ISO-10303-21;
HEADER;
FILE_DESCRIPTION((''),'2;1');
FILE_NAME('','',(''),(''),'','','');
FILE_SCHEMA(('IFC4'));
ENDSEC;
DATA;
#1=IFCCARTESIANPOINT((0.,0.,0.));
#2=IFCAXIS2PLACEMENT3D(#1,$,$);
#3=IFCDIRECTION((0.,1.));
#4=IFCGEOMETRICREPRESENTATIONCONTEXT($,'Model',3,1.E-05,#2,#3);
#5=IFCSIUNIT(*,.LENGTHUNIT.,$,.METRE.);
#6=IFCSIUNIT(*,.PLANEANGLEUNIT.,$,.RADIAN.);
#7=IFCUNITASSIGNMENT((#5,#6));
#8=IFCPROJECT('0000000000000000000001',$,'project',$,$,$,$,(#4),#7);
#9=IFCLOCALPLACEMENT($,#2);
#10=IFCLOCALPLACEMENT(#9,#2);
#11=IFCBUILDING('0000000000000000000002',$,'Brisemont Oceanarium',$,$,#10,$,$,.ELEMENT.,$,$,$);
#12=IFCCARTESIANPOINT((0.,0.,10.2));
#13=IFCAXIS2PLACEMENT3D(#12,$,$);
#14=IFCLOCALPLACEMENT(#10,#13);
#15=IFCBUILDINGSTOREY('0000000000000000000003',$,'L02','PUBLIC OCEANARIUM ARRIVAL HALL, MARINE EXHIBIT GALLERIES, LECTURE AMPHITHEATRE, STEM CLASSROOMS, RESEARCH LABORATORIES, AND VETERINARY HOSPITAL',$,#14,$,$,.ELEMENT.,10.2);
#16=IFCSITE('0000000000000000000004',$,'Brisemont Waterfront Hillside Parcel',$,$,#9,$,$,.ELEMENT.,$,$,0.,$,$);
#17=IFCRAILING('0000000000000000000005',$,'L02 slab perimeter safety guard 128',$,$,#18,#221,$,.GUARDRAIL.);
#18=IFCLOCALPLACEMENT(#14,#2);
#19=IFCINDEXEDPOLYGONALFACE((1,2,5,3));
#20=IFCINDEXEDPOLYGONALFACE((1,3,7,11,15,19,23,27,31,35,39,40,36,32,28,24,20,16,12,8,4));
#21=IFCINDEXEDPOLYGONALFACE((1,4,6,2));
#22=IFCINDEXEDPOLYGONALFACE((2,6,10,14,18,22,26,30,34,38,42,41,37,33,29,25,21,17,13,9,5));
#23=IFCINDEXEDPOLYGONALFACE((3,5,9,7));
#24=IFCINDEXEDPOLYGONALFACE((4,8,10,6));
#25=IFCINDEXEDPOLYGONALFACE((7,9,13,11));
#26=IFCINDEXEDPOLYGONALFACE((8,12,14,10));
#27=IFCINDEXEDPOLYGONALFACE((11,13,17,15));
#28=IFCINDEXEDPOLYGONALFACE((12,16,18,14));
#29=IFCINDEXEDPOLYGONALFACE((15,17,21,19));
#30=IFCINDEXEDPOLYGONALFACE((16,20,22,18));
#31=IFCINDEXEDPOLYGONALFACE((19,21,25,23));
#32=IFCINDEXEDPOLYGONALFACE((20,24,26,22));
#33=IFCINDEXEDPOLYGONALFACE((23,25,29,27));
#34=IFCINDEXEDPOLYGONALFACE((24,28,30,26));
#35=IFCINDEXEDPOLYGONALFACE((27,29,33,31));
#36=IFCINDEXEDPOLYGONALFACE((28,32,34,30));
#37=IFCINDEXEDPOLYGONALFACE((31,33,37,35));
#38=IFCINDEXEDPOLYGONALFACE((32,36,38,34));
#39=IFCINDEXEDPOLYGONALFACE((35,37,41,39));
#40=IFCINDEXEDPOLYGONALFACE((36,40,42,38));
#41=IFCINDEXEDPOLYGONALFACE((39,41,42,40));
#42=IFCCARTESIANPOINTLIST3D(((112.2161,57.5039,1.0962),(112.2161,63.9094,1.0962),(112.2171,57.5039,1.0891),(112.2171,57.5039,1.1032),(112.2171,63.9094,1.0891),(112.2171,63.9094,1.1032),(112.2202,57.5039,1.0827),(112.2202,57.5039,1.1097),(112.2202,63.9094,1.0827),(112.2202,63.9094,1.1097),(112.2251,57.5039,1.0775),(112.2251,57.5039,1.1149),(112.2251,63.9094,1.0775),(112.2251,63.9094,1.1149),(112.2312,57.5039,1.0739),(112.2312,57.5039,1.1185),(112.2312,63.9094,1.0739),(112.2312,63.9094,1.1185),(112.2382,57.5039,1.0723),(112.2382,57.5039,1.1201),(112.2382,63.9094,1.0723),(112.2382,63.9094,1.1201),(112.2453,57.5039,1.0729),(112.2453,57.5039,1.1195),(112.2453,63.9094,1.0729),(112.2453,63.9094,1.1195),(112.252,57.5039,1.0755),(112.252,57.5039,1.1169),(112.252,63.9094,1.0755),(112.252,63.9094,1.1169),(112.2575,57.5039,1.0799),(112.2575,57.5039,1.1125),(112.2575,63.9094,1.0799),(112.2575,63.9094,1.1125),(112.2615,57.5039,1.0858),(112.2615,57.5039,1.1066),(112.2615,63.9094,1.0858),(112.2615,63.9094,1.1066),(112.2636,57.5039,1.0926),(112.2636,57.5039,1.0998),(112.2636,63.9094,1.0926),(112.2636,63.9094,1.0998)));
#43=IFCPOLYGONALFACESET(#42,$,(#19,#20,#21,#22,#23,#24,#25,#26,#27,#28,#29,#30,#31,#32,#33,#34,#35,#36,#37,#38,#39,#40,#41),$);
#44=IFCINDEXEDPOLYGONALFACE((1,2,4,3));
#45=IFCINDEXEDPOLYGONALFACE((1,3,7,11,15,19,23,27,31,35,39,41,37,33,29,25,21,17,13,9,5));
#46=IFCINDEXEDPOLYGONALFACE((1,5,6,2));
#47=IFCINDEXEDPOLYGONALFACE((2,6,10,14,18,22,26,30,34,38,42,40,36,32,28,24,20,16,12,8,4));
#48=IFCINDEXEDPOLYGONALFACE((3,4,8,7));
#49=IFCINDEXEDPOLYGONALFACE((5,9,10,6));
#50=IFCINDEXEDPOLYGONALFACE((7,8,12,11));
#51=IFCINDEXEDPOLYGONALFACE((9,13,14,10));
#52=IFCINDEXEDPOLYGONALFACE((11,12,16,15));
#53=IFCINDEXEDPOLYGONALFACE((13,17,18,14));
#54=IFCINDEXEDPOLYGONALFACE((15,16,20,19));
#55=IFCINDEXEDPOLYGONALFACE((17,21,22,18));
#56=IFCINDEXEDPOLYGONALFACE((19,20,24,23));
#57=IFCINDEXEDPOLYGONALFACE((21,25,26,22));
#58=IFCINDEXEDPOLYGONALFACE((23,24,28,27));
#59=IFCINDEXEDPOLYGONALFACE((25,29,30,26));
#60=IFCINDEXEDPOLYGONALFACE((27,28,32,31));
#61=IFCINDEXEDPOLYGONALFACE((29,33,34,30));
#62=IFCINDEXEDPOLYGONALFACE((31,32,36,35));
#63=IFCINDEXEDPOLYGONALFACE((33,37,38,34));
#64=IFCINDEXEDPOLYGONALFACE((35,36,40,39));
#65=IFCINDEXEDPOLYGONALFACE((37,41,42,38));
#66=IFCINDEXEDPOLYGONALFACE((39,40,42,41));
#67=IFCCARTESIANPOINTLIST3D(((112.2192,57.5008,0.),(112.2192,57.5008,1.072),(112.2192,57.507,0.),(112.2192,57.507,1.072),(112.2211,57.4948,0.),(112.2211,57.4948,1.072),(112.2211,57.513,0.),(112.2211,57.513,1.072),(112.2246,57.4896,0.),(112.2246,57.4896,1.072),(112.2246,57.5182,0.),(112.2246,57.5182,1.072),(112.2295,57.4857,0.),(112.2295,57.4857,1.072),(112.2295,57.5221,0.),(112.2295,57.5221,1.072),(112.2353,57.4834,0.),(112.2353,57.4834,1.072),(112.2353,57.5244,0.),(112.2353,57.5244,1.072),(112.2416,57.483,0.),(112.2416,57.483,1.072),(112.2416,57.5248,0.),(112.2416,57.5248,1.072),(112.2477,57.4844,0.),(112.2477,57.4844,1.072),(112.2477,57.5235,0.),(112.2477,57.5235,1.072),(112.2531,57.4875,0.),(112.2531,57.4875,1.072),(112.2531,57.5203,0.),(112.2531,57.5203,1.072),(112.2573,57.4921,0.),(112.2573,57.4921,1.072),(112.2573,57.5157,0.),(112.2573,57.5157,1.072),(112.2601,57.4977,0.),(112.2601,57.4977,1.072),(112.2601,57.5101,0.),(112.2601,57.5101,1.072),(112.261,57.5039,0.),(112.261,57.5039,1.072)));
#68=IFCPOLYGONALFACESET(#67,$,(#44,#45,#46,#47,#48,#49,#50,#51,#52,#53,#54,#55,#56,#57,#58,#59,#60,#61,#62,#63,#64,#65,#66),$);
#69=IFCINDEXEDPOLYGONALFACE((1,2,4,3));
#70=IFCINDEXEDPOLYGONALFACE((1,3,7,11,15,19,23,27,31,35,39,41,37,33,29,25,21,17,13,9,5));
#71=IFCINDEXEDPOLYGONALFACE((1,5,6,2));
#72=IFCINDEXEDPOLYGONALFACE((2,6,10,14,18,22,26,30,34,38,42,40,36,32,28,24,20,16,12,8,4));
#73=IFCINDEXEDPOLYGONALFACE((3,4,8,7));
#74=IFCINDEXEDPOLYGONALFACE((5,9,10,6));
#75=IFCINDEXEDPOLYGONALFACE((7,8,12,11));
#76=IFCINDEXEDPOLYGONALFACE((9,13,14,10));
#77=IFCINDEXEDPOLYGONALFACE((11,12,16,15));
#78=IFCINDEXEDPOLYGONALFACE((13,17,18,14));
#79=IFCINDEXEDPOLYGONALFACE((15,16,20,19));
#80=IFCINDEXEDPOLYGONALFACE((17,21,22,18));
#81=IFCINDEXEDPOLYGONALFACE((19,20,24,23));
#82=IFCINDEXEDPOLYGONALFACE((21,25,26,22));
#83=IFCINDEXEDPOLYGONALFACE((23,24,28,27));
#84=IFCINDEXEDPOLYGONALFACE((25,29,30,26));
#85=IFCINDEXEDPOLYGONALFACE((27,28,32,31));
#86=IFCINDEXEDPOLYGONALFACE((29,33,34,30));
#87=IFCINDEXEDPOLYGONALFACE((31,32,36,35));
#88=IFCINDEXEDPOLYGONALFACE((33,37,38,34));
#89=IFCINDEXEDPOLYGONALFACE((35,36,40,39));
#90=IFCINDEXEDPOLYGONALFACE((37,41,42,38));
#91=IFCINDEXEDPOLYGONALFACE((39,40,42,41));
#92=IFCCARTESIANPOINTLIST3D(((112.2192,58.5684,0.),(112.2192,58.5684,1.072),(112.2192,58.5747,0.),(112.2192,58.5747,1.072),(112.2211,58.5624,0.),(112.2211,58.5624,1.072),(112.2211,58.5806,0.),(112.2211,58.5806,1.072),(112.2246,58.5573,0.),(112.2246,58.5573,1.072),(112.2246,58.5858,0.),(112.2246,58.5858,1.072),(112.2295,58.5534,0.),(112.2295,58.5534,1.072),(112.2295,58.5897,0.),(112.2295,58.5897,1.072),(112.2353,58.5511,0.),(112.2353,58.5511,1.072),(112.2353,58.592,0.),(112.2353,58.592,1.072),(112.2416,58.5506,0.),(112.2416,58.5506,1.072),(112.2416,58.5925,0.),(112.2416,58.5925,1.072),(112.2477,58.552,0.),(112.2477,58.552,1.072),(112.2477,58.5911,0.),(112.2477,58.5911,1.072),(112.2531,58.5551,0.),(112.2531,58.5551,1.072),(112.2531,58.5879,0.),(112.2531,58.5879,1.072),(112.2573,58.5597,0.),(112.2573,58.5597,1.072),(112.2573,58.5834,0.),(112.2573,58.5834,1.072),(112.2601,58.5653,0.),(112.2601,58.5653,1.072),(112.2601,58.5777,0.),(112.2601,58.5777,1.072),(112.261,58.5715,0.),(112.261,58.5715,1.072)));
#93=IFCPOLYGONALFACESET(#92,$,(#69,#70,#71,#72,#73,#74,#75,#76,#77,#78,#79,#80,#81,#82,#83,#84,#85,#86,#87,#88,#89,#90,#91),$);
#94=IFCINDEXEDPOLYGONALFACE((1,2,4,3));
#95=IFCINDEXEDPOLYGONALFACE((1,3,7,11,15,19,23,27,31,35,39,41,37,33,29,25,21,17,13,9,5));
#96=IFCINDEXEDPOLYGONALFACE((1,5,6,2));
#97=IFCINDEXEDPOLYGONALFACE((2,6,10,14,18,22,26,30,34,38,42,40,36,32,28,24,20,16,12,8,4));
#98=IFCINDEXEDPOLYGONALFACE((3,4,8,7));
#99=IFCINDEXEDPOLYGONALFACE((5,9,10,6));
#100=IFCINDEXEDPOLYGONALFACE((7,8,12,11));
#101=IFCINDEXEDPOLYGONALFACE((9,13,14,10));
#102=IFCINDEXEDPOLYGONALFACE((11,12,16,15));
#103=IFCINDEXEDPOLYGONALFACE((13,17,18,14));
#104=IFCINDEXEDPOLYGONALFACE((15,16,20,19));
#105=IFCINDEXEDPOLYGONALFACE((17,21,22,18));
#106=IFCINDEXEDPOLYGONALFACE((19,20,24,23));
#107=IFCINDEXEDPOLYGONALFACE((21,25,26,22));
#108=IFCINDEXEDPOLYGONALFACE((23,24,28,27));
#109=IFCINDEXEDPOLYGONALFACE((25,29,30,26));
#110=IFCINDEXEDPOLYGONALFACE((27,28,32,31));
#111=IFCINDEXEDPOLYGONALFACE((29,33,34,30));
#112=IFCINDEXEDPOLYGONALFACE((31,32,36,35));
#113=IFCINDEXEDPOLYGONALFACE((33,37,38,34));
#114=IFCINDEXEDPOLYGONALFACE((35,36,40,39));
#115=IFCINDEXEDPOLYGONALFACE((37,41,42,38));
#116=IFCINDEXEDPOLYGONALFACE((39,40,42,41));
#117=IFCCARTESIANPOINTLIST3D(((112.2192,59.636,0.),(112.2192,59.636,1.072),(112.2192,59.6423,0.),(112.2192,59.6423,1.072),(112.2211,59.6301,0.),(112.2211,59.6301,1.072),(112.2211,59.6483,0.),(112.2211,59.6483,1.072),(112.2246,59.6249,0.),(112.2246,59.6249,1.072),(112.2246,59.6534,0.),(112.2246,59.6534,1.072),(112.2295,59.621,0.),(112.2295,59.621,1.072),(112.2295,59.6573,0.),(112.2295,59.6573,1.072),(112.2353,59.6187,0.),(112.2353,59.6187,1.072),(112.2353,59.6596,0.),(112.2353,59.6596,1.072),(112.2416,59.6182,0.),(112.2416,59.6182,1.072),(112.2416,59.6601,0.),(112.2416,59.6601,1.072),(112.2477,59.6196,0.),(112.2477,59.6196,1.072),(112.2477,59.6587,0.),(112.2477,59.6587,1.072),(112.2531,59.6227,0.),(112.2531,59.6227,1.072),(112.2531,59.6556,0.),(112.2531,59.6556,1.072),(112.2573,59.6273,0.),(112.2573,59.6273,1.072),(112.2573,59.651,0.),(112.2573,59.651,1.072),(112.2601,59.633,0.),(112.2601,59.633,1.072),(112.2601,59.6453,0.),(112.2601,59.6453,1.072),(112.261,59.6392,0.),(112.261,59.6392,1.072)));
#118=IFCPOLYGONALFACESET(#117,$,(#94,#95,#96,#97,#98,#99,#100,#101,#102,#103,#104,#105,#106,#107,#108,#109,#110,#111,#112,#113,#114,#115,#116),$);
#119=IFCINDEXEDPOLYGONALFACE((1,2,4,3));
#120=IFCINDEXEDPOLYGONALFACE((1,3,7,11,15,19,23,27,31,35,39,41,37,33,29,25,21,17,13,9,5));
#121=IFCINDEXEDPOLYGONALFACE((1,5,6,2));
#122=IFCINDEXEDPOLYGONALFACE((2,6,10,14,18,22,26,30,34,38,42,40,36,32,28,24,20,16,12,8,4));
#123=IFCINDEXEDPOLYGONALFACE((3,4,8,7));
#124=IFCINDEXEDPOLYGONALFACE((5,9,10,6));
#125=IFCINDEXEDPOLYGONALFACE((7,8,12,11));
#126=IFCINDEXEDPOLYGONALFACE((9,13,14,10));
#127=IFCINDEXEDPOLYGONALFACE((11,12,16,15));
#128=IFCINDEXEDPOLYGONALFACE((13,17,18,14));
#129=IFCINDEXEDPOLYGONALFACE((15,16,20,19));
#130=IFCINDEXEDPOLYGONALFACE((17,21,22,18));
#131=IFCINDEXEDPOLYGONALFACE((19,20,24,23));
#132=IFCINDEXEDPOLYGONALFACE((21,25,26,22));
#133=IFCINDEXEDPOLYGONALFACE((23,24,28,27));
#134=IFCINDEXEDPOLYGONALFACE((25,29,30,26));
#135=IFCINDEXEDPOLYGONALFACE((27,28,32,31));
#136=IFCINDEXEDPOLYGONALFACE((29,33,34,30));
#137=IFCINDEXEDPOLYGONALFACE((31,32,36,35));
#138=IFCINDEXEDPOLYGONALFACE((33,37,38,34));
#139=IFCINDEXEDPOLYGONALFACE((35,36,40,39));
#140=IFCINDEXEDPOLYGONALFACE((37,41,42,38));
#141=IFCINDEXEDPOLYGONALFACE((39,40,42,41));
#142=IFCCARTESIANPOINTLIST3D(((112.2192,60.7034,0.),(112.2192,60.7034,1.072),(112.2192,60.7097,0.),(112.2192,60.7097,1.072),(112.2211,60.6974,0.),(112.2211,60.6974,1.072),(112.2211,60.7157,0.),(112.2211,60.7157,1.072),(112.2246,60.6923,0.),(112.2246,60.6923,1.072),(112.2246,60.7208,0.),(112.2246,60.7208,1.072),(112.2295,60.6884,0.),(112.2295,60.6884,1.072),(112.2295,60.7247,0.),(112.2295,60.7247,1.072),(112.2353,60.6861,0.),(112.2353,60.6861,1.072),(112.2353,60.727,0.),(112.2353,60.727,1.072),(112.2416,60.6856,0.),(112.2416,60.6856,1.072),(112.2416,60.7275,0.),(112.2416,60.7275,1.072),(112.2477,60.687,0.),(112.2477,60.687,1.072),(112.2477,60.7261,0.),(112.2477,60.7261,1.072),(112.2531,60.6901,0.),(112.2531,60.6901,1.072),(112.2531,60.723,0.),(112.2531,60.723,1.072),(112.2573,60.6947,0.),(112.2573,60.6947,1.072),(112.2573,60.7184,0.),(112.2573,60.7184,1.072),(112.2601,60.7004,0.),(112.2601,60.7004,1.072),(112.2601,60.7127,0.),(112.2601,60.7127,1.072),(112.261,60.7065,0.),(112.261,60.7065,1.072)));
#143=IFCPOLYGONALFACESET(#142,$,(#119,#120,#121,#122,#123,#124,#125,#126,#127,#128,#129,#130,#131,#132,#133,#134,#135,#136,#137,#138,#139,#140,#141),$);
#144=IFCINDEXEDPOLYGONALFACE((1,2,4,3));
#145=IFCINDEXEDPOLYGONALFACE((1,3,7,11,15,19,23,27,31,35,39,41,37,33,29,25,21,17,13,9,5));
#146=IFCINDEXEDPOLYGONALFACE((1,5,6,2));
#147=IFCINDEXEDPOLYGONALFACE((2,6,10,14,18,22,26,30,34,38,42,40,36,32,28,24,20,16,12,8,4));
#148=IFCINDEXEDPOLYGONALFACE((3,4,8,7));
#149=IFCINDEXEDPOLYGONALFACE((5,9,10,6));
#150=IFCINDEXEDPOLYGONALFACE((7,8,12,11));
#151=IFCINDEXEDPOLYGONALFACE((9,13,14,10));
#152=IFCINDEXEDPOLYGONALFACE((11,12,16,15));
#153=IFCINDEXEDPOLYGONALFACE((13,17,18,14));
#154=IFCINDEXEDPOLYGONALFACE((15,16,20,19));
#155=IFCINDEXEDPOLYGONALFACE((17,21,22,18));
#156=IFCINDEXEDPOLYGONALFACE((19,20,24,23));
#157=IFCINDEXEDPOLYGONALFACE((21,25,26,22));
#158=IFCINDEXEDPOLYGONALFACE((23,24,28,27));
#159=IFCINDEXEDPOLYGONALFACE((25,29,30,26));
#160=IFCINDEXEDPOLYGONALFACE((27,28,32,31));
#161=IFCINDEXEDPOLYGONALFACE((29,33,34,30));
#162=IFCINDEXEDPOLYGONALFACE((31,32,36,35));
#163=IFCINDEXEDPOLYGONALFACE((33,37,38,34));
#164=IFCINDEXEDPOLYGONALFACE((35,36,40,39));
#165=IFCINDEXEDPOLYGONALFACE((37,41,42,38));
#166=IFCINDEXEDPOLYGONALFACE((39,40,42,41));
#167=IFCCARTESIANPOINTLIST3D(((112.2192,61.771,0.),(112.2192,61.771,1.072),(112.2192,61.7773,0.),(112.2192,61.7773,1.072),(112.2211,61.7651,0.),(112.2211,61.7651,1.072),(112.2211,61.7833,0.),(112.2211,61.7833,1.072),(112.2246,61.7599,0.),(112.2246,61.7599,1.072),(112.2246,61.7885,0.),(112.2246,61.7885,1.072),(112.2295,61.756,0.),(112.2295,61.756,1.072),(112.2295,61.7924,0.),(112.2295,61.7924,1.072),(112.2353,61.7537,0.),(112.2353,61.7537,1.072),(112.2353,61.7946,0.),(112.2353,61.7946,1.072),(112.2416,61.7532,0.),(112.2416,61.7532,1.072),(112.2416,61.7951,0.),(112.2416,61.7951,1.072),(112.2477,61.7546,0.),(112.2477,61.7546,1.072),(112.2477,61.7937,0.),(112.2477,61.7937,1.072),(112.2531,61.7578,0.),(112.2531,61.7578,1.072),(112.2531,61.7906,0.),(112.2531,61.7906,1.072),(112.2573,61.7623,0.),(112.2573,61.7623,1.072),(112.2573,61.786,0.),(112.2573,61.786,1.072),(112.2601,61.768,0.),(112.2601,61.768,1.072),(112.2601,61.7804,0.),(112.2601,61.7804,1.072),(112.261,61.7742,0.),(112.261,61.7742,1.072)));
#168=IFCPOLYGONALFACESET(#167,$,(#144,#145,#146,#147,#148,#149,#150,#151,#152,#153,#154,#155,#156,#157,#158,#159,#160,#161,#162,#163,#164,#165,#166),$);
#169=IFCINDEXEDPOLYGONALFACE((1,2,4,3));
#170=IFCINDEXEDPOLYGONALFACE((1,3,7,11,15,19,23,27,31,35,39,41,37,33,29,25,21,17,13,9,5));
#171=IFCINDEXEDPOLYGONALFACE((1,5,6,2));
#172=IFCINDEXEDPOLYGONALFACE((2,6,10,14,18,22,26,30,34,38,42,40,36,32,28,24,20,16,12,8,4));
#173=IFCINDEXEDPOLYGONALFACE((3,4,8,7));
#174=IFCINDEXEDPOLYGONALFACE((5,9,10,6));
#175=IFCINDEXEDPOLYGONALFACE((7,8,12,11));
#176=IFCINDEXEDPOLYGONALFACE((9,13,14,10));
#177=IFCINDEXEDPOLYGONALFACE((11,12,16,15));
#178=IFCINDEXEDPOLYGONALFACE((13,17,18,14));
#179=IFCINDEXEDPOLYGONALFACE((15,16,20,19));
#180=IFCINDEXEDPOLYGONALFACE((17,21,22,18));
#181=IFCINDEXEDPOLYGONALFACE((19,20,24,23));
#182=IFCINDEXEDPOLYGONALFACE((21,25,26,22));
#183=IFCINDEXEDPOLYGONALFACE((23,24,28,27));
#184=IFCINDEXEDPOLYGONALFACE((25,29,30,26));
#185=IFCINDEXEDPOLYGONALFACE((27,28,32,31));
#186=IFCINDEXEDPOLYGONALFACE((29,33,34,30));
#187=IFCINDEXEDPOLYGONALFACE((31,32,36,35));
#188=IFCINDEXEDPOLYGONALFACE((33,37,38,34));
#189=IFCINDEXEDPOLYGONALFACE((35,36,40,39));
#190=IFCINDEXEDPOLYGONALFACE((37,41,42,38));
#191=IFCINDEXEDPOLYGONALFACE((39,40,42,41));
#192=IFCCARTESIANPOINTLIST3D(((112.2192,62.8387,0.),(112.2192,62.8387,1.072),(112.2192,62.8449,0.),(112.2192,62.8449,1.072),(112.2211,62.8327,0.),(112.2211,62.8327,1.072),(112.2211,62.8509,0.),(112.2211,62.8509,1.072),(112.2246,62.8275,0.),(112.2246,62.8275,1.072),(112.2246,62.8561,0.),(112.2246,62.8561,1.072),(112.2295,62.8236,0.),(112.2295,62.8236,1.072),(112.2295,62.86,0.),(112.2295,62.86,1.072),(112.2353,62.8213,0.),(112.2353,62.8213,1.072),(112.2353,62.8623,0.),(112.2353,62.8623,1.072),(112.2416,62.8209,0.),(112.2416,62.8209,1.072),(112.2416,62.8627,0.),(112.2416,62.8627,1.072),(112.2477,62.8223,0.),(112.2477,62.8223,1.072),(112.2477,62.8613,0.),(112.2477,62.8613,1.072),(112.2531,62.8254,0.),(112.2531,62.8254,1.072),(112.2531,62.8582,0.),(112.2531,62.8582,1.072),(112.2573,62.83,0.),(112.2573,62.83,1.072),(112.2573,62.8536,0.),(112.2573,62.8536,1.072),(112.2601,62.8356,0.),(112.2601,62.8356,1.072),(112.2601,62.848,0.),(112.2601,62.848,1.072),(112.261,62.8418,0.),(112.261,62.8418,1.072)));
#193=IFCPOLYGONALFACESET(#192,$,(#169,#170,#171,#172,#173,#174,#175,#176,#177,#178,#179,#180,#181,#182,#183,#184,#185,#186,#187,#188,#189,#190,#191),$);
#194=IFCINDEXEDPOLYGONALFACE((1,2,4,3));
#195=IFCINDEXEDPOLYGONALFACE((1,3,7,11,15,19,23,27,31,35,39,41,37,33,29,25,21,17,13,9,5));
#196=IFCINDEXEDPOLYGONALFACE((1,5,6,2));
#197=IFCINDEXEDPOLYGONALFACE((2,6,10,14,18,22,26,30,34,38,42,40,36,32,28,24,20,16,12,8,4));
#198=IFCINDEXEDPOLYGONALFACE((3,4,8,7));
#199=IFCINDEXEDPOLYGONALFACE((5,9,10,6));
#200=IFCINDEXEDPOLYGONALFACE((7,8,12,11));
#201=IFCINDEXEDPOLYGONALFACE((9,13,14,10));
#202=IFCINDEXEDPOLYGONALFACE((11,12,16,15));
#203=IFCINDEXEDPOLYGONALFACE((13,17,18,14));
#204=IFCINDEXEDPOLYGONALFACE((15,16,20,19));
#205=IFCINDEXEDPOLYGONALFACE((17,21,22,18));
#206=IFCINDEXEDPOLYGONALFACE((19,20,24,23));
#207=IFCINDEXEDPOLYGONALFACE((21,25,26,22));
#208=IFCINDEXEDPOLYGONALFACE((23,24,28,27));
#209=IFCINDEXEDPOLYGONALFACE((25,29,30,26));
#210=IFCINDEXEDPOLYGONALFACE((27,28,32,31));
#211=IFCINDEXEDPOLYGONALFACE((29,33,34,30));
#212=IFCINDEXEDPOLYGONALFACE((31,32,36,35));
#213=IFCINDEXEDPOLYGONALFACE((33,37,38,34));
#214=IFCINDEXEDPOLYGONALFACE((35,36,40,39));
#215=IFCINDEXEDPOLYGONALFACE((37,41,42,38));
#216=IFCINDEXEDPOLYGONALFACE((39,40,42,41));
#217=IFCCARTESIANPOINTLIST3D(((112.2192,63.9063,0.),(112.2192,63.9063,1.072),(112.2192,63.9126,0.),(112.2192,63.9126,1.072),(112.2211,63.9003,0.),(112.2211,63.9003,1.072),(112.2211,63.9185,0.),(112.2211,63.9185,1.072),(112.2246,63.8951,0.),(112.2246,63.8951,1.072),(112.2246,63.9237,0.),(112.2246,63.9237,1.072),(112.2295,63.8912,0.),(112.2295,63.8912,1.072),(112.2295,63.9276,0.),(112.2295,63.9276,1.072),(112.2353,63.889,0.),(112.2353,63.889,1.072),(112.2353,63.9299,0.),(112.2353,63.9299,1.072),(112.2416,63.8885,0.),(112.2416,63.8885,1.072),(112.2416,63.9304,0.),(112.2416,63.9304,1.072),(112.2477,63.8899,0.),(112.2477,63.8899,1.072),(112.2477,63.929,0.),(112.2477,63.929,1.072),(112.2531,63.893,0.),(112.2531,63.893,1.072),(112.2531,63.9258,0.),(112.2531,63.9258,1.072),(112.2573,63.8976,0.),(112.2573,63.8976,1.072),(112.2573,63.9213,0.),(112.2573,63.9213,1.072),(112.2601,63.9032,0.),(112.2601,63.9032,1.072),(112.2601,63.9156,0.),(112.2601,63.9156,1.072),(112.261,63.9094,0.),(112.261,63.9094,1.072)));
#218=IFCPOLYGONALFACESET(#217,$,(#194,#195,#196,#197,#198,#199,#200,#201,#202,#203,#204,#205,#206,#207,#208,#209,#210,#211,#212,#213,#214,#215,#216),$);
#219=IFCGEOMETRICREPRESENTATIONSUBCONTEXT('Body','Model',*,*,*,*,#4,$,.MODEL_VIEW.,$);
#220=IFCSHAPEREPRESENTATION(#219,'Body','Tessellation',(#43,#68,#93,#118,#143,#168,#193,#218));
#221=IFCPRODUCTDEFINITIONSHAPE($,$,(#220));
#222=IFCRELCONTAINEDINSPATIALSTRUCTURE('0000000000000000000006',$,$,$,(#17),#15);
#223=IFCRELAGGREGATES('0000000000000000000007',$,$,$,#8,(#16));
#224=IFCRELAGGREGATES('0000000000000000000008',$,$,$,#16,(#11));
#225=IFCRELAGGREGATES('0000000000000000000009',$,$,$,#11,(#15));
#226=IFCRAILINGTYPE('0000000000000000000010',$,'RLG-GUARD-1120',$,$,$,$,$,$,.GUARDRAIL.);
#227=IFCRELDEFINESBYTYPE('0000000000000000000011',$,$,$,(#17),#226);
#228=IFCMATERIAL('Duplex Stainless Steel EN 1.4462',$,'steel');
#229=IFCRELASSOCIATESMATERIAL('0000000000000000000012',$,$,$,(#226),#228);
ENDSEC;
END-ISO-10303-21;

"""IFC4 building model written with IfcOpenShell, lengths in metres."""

from ifc_helpers import new_model, si_unit, direction, frame, origin, origin_2d, place, context, subcontext, project, spatial, circle, extrude, material, type_object, element, save


model = new_model("IFC4")

# Units and contexts
model_context = context("Model", 3, precision=1e-05, world=origin(), true_north=direction((0.0, 1.0)))
body_context = subcontext(model_context, "Body", "Model", "MODEL_VIEW")
ifc_project = project(units=[si_unit("LENGTHUNIT", "METRE"), si_unit("PLANEANGLEUNIT", "RADIAN")], contexts=[model_context])

# Site, building, storey
site_placement = place(None, origin())
site = spatial("IfcSite", under=ifc_project, at=site_placement, Name="Brisemont Waterfront Hillside Parcel", CompositionType="ELEMENT", RefElevation=0.0)
building_placement = place(site_placement, origin())
building = spatial("IfcBuilding", under=site, at=building_placement, Name="Brisemont Oceanarium", CompositionType="ELEMENT")
storey_placement = place(building_placement, frame((0.0, 0.0, 10.2)))
storey = spatial("IfcBuildingStorey", under=building, at=storey_placement, Name="L02", Description="PUBLIC OCEANARIUM ARRIVAL HALL, MARINE EXHIBIT GALLERIES, LECTURE AMPHITHEATRE, STEM CLASSROOMS, RESEARCH LABORATORIES, AND VETERINARY HOSPITAL", CompositionType="ELEMENT", Elevation=10.2)

# Railing
ifc_material_1 = material(Name="Duplex Stainless Steel EN 1.4462", Category="steel")
railing_type = type_object("IfcRailingType", Name="RLG-GUARD-1120", PredefinedType="GUARDRAIL", material=ifc_material_1)
railing_1_placement = place(storey_placement, frame((112.24, 57.5039, 0.0)))
element("IfcRailing", 1, at=railing_1_placement, inside=storey, type_object=railing_type, Name="L02 slab perimeter safety guard 128", PredefinedType="GUARDRAIL", context=body_context, shape_type="SweptSolid", body=[
    extrude(circle(Radius=0.0239, at=origin_2d()), frame((0.0, 0.0, 1.0962), z_axis=(0.0, 1.0, 0.0), x_axis=(-1.0, 0.0, 0.0)), (0.0, 0.0, 1.0), 6.4055),
    extrude(circle(Radius=0.021, at=origin_2d()), origin(), (0.0, 0.0, 1.0), 1.072),
    extrude(circle(Radius=0.021, at=origin_2d()), frame((0.0, 1.0676, 0.0)), (0.0, 0.0, 1.0), 1.072),
    extrude(circle(Radius=0.021, at=origin_2d()), frame((0.0, 2.1353, 0.0)), (0.0, 0.0, 1.0), 1.072),
    extrude(circle(Radius=0.021, at=origin_2d()), frame((0.0, 3.2026, 0.0)), (0.0, 0.0, 1.0), 1.072),
    extrude(circle(Radius=0.021, at=origin_2d()), frame((0.0, 4.2703, 0.0)), (0.0, 0.0, 1.0), 1.072),
    extrude(circle(Radius=0.021, at=origin_2d()), frame((0.0, 5.3379, 0.0)), (0.0, 0.0, 1.0), 1.072),
    extrude(circle(Radius=0.021, at=origin_2d()), frame((0.0, 6.4055, 0.0)), (0.0, 0.0, 1.0), 1.072),
])

save(model, "model.ifc")
